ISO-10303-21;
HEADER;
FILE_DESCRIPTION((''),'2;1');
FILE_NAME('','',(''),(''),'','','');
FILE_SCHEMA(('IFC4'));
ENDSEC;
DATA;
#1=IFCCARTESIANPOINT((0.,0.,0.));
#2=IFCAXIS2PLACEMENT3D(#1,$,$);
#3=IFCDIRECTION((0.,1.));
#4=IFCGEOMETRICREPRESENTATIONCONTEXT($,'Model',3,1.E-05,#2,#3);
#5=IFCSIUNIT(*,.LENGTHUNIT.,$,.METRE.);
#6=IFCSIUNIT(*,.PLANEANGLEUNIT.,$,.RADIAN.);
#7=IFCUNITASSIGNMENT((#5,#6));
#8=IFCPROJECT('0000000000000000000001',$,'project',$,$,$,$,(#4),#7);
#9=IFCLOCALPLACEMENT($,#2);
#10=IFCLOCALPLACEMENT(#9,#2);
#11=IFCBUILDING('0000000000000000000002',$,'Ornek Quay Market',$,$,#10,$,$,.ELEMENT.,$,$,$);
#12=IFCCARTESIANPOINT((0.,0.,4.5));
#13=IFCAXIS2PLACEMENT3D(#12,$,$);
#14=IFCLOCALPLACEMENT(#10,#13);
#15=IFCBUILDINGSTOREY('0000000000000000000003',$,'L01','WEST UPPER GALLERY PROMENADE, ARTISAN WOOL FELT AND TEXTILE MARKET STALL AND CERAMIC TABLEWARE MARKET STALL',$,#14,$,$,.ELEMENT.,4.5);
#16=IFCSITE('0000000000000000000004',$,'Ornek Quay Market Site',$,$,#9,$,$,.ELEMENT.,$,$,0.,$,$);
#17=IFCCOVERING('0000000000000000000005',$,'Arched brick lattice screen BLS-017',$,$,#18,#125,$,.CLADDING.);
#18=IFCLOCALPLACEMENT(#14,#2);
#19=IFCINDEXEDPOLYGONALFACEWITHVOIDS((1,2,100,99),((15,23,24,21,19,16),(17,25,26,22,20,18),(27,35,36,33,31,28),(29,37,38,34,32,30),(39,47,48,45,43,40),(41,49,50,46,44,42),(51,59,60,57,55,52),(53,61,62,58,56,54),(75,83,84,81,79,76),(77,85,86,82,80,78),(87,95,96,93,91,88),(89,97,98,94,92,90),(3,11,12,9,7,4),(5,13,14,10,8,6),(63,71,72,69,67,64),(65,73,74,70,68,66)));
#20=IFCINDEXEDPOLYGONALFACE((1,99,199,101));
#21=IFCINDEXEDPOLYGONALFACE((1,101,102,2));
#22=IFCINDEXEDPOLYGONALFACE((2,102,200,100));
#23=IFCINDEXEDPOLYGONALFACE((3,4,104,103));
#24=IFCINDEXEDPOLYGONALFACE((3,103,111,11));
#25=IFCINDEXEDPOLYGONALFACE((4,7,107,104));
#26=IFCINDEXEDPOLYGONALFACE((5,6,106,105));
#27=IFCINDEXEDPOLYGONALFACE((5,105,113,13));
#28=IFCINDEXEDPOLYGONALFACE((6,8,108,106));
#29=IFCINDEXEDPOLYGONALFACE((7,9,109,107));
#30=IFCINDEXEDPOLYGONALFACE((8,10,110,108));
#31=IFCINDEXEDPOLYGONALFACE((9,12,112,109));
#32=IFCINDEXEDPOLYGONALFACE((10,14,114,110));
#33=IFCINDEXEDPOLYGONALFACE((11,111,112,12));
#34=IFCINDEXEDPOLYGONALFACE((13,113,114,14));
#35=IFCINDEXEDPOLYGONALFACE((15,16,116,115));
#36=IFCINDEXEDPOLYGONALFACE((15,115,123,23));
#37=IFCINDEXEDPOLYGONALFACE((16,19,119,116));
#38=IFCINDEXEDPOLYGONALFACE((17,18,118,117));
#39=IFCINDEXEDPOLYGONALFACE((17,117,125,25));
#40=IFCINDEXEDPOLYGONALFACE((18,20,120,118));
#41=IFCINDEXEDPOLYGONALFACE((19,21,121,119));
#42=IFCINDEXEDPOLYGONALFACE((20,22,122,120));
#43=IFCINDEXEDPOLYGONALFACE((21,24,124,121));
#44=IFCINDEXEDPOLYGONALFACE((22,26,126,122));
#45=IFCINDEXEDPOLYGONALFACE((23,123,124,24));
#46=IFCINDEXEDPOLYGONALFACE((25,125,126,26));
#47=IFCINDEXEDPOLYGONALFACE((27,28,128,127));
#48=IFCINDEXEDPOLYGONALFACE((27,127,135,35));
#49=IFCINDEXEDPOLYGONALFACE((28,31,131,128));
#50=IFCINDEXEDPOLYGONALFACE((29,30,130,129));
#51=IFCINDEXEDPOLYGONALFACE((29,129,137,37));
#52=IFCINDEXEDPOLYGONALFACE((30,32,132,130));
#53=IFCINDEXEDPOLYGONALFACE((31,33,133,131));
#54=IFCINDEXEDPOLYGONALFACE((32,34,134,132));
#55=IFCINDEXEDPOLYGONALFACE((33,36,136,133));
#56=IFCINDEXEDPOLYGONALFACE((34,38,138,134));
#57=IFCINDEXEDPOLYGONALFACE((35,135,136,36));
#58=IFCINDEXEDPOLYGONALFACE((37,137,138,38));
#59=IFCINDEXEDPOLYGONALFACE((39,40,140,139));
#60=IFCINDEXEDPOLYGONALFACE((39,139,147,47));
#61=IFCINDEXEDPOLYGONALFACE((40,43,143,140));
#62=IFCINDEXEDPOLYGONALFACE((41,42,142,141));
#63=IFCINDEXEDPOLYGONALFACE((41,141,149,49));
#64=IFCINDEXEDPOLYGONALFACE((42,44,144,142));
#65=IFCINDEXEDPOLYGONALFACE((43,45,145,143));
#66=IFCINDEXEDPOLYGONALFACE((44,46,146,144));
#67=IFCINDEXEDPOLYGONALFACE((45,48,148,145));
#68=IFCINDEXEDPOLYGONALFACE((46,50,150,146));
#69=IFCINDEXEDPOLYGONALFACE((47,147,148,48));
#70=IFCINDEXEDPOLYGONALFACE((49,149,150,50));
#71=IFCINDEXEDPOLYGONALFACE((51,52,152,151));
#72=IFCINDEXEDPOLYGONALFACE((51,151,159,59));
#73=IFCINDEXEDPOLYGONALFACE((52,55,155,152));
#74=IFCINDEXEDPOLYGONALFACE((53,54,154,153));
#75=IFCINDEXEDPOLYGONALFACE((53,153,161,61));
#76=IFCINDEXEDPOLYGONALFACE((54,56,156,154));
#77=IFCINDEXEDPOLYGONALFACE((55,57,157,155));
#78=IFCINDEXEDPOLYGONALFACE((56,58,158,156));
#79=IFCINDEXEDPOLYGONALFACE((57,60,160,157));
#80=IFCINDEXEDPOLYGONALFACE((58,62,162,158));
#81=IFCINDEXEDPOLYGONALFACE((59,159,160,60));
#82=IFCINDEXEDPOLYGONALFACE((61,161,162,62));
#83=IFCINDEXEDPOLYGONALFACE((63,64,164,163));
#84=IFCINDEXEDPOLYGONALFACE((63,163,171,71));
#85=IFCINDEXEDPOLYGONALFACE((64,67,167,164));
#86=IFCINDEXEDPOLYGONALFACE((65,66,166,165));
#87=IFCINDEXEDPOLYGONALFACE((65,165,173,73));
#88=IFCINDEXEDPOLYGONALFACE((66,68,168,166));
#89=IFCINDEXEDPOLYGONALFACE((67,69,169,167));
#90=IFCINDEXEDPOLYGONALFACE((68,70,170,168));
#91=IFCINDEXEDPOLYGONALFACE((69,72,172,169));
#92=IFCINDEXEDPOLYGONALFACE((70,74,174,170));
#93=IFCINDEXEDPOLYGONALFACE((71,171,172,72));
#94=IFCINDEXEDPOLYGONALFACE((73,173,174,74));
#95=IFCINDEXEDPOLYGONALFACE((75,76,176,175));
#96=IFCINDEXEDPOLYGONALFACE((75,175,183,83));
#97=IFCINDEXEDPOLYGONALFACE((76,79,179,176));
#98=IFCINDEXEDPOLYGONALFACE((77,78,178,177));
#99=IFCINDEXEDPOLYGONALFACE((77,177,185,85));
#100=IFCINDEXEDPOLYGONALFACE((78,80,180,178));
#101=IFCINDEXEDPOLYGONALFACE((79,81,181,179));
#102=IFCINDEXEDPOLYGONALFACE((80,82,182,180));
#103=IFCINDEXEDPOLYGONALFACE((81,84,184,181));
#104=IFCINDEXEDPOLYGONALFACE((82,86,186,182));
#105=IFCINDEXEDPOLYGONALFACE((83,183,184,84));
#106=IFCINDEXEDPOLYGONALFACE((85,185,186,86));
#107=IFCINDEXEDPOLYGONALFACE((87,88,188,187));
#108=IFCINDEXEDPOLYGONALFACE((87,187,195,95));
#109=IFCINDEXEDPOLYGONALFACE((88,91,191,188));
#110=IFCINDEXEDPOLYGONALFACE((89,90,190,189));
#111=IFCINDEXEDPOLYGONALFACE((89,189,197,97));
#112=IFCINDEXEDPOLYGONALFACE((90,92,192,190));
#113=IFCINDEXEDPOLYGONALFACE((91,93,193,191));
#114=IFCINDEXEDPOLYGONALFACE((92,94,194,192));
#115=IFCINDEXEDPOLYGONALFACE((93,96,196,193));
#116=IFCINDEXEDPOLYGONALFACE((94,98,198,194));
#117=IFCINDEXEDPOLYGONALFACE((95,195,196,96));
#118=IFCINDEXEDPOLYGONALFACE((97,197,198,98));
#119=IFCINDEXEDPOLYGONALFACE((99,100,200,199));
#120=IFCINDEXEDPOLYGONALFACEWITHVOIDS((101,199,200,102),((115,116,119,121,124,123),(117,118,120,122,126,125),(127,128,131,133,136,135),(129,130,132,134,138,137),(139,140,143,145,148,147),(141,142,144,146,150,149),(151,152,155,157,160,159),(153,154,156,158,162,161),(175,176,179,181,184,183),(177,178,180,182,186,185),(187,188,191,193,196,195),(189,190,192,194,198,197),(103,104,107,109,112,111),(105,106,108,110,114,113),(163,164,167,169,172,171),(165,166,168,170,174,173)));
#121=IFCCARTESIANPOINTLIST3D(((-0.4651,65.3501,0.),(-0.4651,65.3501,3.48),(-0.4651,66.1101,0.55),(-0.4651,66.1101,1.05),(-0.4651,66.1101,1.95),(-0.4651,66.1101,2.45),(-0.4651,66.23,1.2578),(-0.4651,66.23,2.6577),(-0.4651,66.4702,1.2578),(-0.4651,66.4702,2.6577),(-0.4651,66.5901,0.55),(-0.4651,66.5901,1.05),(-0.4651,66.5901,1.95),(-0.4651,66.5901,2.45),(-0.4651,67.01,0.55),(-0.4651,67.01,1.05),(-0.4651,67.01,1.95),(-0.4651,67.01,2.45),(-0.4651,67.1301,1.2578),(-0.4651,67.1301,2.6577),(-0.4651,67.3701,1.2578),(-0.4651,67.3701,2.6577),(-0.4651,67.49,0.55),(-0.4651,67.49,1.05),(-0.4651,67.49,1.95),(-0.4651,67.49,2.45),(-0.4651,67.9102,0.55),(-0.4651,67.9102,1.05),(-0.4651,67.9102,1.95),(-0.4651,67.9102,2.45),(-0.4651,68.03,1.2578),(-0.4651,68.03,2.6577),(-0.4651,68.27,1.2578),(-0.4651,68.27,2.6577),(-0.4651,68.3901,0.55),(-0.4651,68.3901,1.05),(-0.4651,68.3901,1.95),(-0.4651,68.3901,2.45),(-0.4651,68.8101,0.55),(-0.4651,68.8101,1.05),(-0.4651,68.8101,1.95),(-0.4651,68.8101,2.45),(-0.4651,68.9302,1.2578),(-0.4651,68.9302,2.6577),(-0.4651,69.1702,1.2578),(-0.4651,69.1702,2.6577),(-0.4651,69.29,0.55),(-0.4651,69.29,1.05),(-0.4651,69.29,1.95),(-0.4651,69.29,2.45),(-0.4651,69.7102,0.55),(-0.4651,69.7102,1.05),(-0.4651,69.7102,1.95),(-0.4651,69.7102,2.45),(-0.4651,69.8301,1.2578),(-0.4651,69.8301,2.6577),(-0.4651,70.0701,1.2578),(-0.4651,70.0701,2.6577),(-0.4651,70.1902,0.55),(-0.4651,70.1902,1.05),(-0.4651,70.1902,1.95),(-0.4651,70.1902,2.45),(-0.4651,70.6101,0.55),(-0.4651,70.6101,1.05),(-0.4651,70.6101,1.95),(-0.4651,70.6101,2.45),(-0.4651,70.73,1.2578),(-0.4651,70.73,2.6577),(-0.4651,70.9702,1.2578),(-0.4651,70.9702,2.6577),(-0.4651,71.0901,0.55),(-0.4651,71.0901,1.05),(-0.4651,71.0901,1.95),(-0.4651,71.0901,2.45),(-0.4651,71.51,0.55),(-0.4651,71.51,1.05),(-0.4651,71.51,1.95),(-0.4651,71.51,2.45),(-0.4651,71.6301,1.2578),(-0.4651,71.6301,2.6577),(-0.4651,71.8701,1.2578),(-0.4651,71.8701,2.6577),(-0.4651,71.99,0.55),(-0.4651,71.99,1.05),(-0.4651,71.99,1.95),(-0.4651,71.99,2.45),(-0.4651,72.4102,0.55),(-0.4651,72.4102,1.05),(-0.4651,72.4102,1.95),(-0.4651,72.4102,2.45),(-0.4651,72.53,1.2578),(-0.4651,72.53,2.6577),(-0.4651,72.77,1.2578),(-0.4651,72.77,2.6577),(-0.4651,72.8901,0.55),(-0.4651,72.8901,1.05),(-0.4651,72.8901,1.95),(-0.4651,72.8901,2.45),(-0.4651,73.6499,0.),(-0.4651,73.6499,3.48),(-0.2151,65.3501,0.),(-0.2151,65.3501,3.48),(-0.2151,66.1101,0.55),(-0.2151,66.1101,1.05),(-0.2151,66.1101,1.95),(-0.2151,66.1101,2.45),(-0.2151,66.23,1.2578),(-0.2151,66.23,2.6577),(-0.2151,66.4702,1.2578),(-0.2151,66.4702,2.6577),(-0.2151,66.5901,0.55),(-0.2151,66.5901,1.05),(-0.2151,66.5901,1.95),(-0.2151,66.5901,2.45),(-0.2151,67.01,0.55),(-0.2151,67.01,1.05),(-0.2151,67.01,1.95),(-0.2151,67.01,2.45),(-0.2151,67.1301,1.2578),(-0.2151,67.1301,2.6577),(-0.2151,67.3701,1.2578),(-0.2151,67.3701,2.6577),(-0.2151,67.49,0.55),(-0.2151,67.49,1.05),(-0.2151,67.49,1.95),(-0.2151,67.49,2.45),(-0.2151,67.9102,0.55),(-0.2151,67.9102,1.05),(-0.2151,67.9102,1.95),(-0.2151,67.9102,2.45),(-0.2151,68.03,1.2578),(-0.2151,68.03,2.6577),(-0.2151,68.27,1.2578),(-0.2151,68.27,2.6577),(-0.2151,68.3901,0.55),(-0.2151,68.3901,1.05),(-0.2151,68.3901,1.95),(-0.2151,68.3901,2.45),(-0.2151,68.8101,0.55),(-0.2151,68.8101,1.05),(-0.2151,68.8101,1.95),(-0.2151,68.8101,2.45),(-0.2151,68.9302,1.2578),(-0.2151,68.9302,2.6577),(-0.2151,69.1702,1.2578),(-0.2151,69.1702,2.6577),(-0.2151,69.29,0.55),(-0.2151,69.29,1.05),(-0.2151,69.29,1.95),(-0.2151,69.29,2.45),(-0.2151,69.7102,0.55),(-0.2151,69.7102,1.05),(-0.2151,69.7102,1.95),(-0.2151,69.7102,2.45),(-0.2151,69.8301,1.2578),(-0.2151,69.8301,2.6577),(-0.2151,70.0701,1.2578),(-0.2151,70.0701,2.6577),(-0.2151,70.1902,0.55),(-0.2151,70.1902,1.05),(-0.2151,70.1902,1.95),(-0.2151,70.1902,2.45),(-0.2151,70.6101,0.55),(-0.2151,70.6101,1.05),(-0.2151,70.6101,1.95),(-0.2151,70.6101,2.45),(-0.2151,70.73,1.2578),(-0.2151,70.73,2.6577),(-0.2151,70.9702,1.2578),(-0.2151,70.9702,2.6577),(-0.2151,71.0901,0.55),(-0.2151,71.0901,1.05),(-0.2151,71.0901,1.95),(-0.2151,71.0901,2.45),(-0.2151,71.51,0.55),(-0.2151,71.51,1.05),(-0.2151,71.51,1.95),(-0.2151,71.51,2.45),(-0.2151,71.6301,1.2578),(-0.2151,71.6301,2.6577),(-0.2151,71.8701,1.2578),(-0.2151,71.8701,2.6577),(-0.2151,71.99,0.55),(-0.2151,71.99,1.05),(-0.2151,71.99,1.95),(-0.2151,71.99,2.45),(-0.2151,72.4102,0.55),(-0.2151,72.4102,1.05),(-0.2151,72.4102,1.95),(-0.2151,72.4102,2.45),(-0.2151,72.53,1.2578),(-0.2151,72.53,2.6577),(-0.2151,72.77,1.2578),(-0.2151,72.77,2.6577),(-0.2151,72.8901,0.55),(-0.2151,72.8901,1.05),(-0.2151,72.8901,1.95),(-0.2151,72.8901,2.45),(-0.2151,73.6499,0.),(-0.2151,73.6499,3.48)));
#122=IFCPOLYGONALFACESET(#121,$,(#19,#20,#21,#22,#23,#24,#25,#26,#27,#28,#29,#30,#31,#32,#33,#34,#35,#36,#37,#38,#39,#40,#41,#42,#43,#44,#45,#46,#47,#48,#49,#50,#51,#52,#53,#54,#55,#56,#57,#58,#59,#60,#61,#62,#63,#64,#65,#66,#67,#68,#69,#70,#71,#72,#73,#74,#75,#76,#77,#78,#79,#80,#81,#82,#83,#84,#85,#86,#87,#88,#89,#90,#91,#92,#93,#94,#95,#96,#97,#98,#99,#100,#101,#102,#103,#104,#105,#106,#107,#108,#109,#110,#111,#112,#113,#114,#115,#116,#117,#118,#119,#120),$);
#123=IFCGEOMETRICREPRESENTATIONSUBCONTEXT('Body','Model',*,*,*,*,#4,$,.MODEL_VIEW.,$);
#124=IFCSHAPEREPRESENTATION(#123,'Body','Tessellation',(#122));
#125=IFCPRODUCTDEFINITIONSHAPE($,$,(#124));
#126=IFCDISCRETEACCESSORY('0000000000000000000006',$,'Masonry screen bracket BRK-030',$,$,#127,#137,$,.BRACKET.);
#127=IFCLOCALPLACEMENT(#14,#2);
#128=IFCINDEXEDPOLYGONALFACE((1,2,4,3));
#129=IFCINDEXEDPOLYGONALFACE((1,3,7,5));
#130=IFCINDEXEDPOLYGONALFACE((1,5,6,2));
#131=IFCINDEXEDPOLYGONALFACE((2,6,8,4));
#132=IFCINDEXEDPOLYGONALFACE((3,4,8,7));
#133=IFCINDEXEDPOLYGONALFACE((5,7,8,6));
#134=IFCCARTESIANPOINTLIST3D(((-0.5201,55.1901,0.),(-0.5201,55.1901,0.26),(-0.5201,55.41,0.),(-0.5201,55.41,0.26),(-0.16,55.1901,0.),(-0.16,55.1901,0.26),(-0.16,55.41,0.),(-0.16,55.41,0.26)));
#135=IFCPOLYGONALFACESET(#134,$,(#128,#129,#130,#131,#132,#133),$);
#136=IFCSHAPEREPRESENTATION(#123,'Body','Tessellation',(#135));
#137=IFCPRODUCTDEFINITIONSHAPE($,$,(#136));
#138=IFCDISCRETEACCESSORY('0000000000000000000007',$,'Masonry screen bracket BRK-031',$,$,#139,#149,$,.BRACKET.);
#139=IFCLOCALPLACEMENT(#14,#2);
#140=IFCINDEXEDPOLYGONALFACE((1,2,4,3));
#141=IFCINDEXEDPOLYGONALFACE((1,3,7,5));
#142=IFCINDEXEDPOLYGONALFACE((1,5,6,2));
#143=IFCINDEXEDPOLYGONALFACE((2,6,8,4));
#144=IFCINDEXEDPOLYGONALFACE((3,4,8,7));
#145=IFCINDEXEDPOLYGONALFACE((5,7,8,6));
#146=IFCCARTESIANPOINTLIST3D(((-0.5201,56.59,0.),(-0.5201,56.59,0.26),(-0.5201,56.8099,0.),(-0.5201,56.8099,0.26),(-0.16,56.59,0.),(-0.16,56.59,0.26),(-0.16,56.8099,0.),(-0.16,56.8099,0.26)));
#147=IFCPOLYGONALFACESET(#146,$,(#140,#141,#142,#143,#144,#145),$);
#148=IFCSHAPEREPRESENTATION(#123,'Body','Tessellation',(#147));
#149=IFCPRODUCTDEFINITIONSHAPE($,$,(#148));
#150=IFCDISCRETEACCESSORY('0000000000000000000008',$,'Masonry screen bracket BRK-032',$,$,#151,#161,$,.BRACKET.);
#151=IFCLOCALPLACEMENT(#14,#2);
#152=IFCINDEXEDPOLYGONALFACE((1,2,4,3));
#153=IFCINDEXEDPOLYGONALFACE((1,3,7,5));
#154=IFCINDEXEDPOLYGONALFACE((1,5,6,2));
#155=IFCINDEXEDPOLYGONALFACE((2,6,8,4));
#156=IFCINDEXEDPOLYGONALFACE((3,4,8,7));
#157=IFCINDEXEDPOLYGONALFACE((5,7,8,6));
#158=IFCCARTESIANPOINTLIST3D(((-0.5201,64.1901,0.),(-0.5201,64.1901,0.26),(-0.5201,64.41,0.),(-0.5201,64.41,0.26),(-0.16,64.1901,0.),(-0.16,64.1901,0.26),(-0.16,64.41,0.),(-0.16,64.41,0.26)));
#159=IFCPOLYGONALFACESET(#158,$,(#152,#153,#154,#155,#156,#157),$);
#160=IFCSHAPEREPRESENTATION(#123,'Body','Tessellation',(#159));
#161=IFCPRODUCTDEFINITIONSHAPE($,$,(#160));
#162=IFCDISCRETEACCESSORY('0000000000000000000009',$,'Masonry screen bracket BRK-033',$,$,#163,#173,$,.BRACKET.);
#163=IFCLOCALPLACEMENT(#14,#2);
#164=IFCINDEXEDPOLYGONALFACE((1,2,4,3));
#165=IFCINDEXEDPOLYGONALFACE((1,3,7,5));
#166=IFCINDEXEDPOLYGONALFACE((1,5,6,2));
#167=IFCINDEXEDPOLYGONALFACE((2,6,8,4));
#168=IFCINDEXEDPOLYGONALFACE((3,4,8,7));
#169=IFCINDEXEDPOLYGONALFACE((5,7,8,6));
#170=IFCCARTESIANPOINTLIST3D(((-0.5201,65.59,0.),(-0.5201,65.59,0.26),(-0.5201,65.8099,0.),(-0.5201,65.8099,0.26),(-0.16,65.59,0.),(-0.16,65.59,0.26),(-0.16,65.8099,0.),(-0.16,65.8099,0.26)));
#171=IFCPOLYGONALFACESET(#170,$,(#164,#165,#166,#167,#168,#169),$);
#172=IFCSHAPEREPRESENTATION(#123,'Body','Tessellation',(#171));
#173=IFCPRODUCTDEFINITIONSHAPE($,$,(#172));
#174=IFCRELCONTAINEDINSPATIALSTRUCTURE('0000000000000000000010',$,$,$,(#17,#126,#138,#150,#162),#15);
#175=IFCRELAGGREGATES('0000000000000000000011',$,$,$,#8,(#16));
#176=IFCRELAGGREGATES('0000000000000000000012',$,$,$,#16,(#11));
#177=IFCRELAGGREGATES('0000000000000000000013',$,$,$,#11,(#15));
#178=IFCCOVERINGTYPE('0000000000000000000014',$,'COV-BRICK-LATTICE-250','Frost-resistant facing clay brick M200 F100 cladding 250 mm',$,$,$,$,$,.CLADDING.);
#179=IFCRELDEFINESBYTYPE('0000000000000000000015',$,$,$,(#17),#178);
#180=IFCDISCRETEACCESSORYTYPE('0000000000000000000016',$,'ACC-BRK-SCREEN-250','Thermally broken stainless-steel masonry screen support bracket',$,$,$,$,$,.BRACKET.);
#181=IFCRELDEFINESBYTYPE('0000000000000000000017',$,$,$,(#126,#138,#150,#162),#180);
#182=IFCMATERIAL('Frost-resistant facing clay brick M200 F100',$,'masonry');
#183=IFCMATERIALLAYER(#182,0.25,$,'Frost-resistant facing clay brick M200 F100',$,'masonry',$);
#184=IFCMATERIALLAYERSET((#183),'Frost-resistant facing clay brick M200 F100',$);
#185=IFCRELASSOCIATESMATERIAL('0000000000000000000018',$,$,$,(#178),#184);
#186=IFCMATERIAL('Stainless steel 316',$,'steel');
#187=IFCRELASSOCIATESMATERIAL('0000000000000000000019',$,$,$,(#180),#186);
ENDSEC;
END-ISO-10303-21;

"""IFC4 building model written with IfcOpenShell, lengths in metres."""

from ifc_helpers import new_model, si_unit, direction, frame, origin, origin_2d, place, context, subcontext, project, spatial, polyline, rectangle, outline, extrude, material, layer, layer_set, type_object, element, save


model = new_model("IFC4")

# Units and contexts
model_context = context("Model", 3, precision=1e-05, world=origin(), true_north=direction((0.0, 1.0)))
body_context = subcontext(model_context, "Body", "Model", "MODEL_VIEW")
ifc_project = project(units=[si_unit("LENGTHUNIT", "METRE"), si_unit("PLANEANGLEUNIT", "RADIAN")], contexts=[model_context])

# Site, building, storey
site_placement = place(None, origin())
site = spatial("IfcSite", under=ifc_project, at=site_placement, Name="Ornek Quay Market Site", CompositionType="ELEMENT", RefElevation=0.0)
building_placement = place(site_placement, origin())
building = spatial("IfcBuilding", under=site, at=building_placement, Name="Ornek Quay Market", CompositionType="ELEMENT")
storey_placement = place(building_placement, frame((0.0, 0.0, 4.5)))
storey = spatial("IfcBuildingStorey", under=building, at=storey_placement, Name="L01", Description="WEST UPPER GALLERY PROMENADE, ARTISAN WOOL FELT AND TEXTILE MARKET STALL AND CERAMIC TABLEWARE MARKET STALL", CompositionType="ELEMENT", Elevation=4.5)

# Shared definitions
ifc_material_1 = material(Name="Frost-resistant facing clay brick M200 F100", Category="masonry")

# Covering
ifc_layer_1 = layer(ifc_material_1, 0.25, Name="Frost-resistant facing clay brick M200 F100", Category="masonry")
ifc_layer_set_1 = layer_set([ifc_layer_1], Name="Frost-resistant facing clay brick M200 F100")
covering_type = type_object("IfcCoveringType", Name="COV-BRICK-LATTICE-250", Description="Frost-resistant facing clay brick M200 F100 cladding 250 mm", PredefinedType="CLADDING", material=ifc_layer_set_1)
covering_1_placement = place(storey_placement, frame((-0.3401, 65.3501, 0.0), z_axis=(0.0, 0.0, 1.0), x_axis=(0.0, 1.0, 0.0)))
element("IfcCovering", 1, at=covering_1_placement, inside=storey, type_object=covering_type, Name="Arched brick lattice screen BLS-017", PredefinedType="CLADDING", context=body_context, shape_type="SweptSolid", body=[
    extrude(outline(polyline([(0.0, 0.0), (8.2998, 0.0), (8.2998, 3.48), (0.0, 3.48), (0.0, 0.0)]), holes=[polyline([(0.76, 0.55), (1.24, 0.55), (1.24, 1.05), (1.1201, 1.2578), (0.8799, 1.2578), (0.76, 1.05), (0.76, 0.55)]), polyline([(0.76, 1.95), (1.24, 1.95), (1.24, 2.45), (1.1201, 2.6577), (0.8799, 2.6577), (0.76, 2.45), (0.76, 1.95)]), polyline([(1.6599, 0.55), (2.1399, 0.55), (2.1399, 1.05), (2.02, 1.2578), (1.78, 1.2578), (1.6599, 1.05), (1.6599, 0.55)]), polyline([(1.6599, 1.95), (2.1399, 1.95), (2.1399, 2.45), (2.02, 2.6577), (1.78, 2.6577), (1.6599, 2.45), (1.6599, 1.95)]), polyline([(2.5601, 0.55), (3.04, 0.55), (3.04, 1.05), (2.9199, 1.2578), (2.6799, 1.2578), (2.5601, 1.05), (2.5601, 0.55)]), polyline([(2.5601, 1.95), (3.04, 1.95), (3.04, 2.45), (2.9199, 2.6577), (2.6799, 2.6577), (2.5601, 2.45), (2.5601, 1.95)]), polyline([(3.46, 0.55), (3.9399, 0.55), (3.9399, 1.05), (3.8201, 1.2578), (3.5801, 1.2578), (3.46, 1.05), (3.46, 0.55)]), polyline([(3.46, 1.95), (3.9399, 1.95), (3.9399, 2.45), (3.8201, 2.6577), (3.5801, 2.6577), (3.46, 2.45), (3.46, 1.95)]), polyline([(4.3601, 0.55), (4.8401, 0.55), (4.8401, 1.05), (4.72, 1.2578), (4.48, 1.2578), (4.3601, 1.05), (4.3601, 0.55)]), polyline([(4.3601, 1.95), (4.8401, 1.95), (4.8401, 2.45), (4.72, 2.6577), (4.48, 2.6577), (4.3601, 2.45), (4.3601, 1.95)]), polyline([(5.26, 0.55), (5.74, 0.55), (5.74, 1.05), (5.6201, 1.2578), (5.3799, 1.2578), (5.26, 1.05), (5.26, 0.55)]), polyline([(5.26, 1.95), (5.74, 1.95), (5.74, 2.45), (5.6201, 2.6577), (5.3799, 2.6577), (5.26, 2.45), (5.26, 1.95)]), polyline([(6.1599, 0.55), (6.6399, 0.55), (6.6399, 1.05), (6.52, 1.2578), (6.28, 1.2578), (6.1599, 1.05), (6.1599, 0.55)]), polyline([(6.1599, 1.95), (6.6399, 1.95), (6.6399, 2.45), (6.52, 2.6577), (6.28, 2.6577), (6.1599, 2.45), (6.1599, 1.95)]), polyline([(7.0601, 0.55), (7.54, 0.55), (7.54, 1.05), (7.4199, 1.2578), (7.1799, 1.2578), (7.0601, 1.05), (7.0601, 0.55)]), polyline([(7.0601, 1.95), (7.54, 1.95), (7.54, 2.45), (7.4199, 2.6577), (7.1799, 2.6577), (7.0601, 2.45), (7.0601, 1.95)])]), frame((0.0, 0.125, 0.0), z_axis=(0.0, -1.0, 0.0), x_axis=(1.0, 0.0, 0.0)), (0.0, 0.0, 1.0), 0.25),
])

# Discrete accessories
ifc_material_2 = material(Name="Stainless steel 316", Category="steel")
discrete_accessory_type = type_object("IfcDiscreteAccessoryType", Name="ACC-BRK-SCREEN-250", Description="Thermally broken stainless-steel masonry screen support bracket", PredefinedType="BRACKET", material=ifc_material_2)
for number, where, z_axis, x_axis, name in (
    (2, (-0.3401, 55.3, 0.0), (0.0, 0.0, 1.0), (0.0, 1.0, 0.0), "Masonry screen bracket BRK-030"),
    (3, (-0.3401, 56.7, 0.0), (0.0, 0.0, 1.0), (0.0, 1.0, 0.0), "Masonry screen bracket BRK-031"),
    (4, (-0.3401, 64.3, 0.0), (0.0, 0.0, 1.0), (0.0, 1.0, 0.0), "Masonry screen bracket BRK-032"),
    (5, (-0.3401, 65.7, 0.0), (0.0, 0.0, 1.0), (0.0, 1.0, 0.0), "Masonry screen bracket BRK-033"),
):
    element("IfcDiscreteAccessory", number, at=place(storey_placement, frame(where, z_axis=z_axis, x_axis=x_axis)), inside=storey, type_object=discrete_accessory_type, Name=name, PredefinedType="BRACKET", context=body_context, shape_type="SweptSolid", body=[
        extrude(rectangle(XDim=0.22, YDim=0.3601, at=origin_2d()), origin(), (0.0, 0.0, 1.0), 0.26),
    ])

save(model, "model.ifc")
